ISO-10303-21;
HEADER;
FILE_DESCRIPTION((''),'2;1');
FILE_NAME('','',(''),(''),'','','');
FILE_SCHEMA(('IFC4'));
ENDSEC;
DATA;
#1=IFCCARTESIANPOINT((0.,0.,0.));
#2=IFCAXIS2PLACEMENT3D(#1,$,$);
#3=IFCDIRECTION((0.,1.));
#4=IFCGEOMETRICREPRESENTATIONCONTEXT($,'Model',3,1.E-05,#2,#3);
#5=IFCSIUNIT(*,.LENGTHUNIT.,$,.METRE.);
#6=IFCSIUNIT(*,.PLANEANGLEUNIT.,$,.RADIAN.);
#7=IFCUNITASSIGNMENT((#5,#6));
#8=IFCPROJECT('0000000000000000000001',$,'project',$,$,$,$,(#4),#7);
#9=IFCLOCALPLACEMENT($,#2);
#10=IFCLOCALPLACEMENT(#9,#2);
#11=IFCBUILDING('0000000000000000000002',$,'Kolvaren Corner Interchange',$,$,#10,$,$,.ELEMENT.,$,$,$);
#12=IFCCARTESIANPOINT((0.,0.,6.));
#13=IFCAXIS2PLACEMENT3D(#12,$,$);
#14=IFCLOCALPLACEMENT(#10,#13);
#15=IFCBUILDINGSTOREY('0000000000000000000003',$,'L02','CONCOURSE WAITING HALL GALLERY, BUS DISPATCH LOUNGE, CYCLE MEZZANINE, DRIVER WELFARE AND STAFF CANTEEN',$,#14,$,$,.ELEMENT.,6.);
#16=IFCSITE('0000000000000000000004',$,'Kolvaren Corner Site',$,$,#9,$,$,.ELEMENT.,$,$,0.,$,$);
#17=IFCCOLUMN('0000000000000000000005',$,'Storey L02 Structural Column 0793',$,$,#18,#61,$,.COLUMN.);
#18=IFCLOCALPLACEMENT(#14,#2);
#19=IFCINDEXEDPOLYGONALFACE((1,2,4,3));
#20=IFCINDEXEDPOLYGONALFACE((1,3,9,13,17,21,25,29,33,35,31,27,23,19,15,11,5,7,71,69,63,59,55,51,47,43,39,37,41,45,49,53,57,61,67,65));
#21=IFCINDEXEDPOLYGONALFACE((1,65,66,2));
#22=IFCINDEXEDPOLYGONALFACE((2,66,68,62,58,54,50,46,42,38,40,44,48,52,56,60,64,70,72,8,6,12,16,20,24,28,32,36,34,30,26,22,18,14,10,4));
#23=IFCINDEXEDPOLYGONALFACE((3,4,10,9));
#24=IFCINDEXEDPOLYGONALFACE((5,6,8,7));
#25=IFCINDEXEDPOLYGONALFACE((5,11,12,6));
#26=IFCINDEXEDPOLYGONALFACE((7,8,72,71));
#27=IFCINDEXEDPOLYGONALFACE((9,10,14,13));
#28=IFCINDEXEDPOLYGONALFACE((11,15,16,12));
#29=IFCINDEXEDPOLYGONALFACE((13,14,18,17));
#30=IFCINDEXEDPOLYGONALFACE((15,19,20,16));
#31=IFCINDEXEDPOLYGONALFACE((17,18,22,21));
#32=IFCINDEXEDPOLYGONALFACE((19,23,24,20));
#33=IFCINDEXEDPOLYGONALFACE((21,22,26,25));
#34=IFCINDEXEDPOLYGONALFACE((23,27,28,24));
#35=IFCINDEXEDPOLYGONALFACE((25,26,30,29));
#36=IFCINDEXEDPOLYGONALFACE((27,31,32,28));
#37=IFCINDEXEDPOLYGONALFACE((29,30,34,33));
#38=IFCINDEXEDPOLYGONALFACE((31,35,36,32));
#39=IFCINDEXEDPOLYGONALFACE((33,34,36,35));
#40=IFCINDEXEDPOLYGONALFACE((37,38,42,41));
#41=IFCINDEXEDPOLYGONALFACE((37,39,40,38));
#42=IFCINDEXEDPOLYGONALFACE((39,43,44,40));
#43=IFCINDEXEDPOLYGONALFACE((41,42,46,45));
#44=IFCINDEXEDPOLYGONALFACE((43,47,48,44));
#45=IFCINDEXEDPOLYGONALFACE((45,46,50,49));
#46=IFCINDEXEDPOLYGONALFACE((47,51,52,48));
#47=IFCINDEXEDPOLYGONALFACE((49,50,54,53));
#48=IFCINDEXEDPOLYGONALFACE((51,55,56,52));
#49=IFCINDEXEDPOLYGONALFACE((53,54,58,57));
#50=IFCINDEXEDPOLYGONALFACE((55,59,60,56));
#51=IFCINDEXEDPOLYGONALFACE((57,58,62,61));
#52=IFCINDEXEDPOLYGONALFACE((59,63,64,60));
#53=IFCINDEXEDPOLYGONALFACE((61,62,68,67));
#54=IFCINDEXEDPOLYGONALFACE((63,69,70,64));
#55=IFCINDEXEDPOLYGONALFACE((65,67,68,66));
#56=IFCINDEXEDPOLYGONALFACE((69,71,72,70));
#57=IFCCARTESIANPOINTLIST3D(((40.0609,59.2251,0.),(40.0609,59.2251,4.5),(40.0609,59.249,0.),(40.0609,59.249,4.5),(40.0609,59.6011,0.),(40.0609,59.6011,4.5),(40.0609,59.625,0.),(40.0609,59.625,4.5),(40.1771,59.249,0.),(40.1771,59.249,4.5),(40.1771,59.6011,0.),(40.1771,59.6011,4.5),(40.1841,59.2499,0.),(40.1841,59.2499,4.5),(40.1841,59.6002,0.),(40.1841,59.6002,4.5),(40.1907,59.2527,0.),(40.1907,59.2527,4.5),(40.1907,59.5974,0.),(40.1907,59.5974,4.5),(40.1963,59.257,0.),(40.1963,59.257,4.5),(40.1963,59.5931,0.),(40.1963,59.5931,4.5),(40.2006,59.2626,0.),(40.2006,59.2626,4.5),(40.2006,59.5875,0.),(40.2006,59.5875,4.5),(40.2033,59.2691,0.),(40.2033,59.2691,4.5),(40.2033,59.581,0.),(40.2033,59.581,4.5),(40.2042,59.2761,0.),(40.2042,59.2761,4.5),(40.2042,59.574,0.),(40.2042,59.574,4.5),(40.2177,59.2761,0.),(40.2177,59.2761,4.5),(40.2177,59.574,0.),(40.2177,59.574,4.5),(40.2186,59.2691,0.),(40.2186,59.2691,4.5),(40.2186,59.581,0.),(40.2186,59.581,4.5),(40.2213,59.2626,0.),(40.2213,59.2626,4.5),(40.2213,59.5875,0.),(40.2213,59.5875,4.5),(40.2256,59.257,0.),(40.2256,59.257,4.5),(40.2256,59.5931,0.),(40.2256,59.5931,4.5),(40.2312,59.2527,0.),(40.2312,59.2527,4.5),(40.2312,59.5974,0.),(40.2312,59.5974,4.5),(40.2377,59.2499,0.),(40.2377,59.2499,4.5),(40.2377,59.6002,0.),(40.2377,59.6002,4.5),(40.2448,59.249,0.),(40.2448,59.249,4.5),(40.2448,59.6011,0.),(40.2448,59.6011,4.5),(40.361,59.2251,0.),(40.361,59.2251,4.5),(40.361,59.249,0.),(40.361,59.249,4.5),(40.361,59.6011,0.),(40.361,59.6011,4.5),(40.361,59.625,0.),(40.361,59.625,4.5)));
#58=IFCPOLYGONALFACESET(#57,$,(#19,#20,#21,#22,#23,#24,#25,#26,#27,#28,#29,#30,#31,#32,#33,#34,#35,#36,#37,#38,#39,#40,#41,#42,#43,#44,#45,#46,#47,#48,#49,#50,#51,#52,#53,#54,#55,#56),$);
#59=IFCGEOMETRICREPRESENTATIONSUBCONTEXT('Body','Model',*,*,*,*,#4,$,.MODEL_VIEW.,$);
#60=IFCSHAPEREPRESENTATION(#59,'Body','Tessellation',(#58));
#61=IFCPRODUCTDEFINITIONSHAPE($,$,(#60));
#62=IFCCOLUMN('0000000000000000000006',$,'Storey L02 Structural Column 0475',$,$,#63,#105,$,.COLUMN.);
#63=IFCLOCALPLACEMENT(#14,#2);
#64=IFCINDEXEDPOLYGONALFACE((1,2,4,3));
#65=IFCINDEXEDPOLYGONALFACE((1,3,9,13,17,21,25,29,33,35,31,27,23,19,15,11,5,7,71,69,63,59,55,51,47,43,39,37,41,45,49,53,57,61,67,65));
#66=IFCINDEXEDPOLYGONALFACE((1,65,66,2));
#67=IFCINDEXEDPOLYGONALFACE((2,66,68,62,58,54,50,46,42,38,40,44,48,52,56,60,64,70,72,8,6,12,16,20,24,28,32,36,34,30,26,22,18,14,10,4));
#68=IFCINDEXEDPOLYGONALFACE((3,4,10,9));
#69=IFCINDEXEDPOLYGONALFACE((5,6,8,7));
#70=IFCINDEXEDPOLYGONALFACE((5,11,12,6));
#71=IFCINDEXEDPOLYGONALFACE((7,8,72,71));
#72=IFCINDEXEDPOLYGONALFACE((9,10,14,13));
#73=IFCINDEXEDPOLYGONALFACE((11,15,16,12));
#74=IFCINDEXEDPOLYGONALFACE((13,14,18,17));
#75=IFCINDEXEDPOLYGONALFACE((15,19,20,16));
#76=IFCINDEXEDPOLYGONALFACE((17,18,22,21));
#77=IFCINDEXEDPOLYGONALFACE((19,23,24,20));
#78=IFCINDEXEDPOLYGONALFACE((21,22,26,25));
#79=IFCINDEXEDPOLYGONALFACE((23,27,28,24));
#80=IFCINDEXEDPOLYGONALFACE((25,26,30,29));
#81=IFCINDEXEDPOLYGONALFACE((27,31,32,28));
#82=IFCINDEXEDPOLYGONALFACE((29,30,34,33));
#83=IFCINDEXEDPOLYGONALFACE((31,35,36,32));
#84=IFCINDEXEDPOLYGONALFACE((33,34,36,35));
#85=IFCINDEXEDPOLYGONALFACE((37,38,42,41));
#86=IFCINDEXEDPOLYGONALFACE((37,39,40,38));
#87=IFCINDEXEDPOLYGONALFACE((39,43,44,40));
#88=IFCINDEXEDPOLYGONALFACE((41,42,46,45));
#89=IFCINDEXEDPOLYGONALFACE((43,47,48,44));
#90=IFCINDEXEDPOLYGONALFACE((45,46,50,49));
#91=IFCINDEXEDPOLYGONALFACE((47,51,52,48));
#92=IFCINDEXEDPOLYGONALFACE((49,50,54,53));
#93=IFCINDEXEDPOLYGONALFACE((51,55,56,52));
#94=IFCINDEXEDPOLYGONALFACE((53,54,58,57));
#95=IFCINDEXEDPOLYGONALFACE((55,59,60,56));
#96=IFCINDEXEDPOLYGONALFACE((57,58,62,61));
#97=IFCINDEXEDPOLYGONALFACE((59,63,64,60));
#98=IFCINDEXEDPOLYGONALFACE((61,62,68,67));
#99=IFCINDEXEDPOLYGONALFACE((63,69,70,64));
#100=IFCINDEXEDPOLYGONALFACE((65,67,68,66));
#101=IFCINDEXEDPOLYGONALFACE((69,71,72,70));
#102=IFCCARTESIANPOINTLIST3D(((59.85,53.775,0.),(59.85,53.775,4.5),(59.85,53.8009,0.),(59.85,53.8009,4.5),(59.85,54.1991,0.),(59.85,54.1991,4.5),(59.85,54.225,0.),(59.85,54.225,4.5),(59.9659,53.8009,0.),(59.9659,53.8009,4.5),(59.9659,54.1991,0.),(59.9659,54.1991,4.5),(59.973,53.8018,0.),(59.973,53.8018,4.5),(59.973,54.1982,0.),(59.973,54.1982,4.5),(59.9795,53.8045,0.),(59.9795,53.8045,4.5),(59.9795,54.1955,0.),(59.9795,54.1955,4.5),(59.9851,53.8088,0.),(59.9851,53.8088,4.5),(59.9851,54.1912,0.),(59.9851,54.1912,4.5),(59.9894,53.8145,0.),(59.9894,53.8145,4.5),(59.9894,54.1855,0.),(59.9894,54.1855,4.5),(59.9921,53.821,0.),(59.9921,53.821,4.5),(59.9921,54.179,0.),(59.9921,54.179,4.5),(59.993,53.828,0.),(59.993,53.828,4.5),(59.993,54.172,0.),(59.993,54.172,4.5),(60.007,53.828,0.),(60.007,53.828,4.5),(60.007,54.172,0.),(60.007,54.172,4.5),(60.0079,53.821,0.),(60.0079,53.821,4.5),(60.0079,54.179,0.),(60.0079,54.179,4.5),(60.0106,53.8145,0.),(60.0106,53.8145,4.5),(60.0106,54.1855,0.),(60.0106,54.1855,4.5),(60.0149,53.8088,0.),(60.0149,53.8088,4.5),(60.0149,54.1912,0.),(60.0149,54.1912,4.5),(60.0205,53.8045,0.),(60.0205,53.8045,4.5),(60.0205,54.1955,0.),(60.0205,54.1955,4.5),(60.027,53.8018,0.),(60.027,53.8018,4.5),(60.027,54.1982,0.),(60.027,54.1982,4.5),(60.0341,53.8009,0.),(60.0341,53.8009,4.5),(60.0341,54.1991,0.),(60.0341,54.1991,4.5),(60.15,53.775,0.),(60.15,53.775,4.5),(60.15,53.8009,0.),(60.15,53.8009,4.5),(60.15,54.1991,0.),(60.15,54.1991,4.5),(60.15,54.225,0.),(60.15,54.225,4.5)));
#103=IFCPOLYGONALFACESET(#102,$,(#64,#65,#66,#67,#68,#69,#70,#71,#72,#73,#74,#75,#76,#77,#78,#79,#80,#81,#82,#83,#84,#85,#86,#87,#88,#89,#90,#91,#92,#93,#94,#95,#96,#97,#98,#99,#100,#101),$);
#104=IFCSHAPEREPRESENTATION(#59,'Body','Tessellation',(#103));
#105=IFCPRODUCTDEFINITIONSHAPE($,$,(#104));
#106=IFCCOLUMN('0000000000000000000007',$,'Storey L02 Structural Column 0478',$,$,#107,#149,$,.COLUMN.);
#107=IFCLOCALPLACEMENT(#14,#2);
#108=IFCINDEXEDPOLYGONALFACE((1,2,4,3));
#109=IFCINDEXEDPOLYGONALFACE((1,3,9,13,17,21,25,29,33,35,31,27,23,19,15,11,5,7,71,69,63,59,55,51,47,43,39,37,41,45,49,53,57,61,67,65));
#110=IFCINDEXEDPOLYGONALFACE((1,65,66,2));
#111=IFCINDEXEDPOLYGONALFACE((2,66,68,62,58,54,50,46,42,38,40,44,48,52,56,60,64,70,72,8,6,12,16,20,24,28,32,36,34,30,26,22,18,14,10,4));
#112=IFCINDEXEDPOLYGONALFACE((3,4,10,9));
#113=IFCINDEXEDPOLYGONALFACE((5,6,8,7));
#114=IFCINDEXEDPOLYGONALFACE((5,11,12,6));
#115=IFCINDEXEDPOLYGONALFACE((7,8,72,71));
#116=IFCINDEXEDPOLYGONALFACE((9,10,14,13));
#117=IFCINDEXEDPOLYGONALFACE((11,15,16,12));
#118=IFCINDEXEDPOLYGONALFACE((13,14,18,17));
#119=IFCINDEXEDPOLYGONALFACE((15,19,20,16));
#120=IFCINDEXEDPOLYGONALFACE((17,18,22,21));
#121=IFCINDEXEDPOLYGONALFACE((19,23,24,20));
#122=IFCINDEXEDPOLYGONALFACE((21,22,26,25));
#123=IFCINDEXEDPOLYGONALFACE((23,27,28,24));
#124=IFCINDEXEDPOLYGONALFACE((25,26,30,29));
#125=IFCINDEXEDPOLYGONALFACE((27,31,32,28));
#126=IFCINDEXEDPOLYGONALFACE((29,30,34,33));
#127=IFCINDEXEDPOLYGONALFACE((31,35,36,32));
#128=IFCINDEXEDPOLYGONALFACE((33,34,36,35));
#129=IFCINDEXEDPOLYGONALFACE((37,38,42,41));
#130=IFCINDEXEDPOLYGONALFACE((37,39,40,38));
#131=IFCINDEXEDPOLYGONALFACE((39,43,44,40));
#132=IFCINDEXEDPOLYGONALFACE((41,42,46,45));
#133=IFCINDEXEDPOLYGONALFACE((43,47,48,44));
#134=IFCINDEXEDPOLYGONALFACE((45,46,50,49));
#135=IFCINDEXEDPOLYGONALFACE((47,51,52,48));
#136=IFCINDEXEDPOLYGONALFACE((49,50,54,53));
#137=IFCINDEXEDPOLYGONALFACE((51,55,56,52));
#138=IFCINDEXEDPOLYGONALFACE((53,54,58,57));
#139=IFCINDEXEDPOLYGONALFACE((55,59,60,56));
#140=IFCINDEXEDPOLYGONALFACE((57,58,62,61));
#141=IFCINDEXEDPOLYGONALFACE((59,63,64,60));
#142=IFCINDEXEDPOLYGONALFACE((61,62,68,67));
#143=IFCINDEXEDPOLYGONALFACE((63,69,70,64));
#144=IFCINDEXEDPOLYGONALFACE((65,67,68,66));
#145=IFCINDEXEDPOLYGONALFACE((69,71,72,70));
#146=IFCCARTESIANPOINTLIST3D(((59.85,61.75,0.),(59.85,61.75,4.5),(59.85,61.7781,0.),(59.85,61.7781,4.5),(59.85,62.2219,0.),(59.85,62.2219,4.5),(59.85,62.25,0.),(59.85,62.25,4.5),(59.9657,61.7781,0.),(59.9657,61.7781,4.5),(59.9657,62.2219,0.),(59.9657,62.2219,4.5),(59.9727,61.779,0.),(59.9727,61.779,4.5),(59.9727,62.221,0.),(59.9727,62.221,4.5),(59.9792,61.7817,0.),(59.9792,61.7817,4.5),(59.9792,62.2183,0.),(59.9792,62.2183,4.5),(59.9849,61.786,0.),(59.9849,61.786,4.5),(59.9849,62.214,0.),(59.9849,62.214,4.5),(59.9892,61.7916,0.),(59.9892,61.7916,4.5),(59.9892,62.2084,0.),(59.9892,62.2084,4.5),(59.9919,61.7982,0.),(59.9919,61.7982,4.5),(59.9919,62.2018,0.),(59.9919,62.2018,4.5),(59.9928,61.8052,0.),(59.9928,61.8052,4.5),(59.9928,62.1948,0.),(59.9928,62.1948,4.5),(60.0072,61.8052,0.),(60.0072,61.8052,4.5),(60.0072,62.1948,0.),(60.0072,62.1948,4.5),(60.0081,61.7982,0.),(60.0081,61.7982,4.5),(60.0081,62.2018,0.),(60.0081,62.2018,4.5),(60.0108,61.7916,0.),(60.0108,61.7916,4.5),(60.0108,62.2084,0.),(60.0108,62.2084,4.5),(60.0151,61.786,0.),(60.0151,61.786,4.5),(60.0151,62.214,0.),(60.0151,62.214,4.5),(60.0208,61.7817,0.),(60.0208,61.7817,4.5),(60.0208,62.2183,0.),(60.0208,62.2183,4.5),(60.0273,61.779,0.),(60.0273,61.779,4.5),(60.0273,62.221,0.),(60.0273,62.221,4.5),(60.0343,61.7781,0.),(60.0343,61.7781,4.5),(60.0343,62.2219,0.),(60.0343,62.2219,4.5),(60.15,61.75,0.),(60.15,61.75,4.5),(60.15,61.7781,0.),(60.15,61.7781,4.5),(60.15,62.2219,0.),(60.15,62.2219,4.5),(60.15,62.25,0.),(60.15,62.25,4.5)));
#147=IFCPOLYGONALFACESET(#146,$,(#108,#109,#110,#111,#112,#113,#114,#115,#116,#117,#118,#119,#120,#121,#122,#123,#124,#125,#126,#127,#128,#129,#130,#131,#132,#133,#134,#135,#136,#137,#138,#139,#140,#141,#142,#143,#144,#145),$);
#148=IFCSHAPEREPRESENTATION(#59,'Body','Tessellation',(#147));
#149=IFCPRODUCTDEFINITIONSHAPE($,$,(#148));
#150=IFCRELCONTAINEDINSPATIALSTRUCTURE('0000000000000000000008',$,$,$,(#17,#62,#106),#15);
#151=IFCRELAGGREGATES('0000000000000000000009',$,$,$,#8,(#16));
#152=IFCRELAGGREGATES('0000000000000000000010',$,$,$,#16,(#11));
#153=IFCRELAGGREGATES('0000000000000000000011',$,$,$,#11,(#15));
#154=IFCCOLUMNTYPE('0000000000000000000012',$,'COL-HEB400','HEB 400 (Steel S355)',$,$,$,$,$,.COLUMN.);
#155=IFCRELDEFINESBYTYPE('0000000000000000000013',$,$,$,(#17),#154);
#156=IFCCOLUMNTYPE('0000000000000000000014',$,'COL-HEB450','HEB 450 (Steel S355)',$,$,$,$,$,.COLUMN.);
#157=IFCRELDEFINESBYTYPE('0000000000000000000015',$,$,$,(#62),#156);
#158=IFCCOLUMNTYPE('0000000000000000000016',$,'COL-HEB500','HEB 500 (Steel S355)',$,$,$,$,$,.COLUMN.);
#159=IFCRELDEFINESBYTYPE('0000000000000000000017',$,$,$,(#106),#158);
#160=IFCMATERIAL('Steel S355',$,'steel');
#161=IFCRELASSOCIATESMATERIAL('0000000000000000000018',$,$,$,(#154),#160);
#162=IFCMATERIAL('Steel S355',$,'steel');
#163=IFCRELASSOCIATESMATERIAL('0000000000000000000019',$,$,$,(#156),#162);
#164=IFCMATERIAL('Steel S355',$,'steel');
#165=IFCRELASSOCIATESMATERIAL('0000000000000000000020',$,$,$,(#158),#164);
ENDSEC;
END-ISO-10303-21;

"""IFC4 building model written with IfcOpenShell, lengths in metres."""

from ifc_helpers import new_model, si_unit, direction, frame, origin, origin_2d, place, context, subcontext, project, spatial, i_section, extrude, material, material_profile, profile_set, type_object, element, save


model = new_model("IFC4")

# Units and contexts
model_context = context("Model", 3, precision=1e-05, world=origin(), true_north=direction((0.0, 1.0)))
body_context = subcontext(model_context, "Body", "Model", "MODEL_VIEW")
ifc_project = project(units=[si_unit("LENGTHUNIT", "METRE"), si_unit("PLANEANGLEUNIT", "RADIAN")], contexts=[model_context])

# Site, building, storey
site_placement = place(None, origin())
site = spatial("IfcSite", under=ifc_project, at=site_placement, Name="Kolvaren Corner Site", CompositionType="ELEMENT", RefElevation=0.0)
building_placement = place(site_placement, origin())
building = spatial("IfcBuilding", under=site, at=building_placement, Name="Kolvaren Corner Interchange", CompositionType="ELEMENT")
storey_placement = place(building_placement, frame((0.0, 0.0, 6.0)))
storey = spatial("IfcBuildingStorey", under=building, at=storey_placement, Name="L02", Description="CONCOURSE WAITING HALL GALLERY, BUS DISPATCH LOUNGE, CYCLE MEZZANINE, DRIVER WELFARE AND STAFF CANTEEN", CompositionType="ELEMENT", Elevation=6.0)

# Columns
ifc_material_1 = material(Name="Steel S355", Category="steel")
ifc_material_profile_1 = material_profile(ifc_material_1, i_section(OverallWidth=0.3, OverallDepth=0.3999, WebThickness=0.0134, FlangeThickness=0.0239, FilletRadius=0.0271, at=origin_2d()), Name="HEB 400")
ifc_profile_set_1 = profile_set([ifc_material_profile_1], Name="Steel S355")
column_type_1 = type_object("IfcColumnType", Name="COL-HEB400", Description="HEB 400 (Steel S355)", PredefinedType="COLUMN", material=ifc_profile_set_1)
for number, where, z_axis, x_axis, name in (
    (1, (40.2109, 59.425, 0.0), (0.0, 0.0, 1.0), (1.0, 0.0, 0.0), "Storey L02 Structural Column 0793"),
):
    element("IfcColumn", number, at=place(storey_placement, frame(where, z_axis=z_axis, x_axis=x_axis)), inside=storey, type_object=column_type_1, Name=name, PredefinedType="COLUMN", context=body_context, shape_type="SweptSolid", body=[
        extrude(i_section(OverallWidth=0.3, OverallDepth=0.3999, WebThickness=0.0134, FlangeThickness=0.0239, FilletRadius=0.0271, at=origin_2d()), origin(), (0.0, 0.0, 1.0), 4.5),
    ])
ifc_material_2 = material(Name="Steel S355", Category="steel")
ifc_material_profile_2 = material_profile(ifc_material_2, i_section(OverallWidth=0.3, OverallDepth=0.45, WebThickness=0.0139, FlangeThickness=0.0259, FilletRadius=0.0271, at=origin_2d()), Name="HEB 450")
ifc_profile_set_2 = profile_set([ifc_material_profile_2], Name="Steel S355")
column_type_2 = type_object("IfcColumnType", Name="COL-HEB450", Description="HEB 450 (Steel S355)", PredefinedType="COLUMN", material=ifc_profile_set_2)
column_1_placement = place(storey_placement, frame((60.0, 54.0, 0.0), z_axis=(0.0, 0.0, 1.0), x_axis=(1.0, 0.0, 0.0)))
element("IfcColumn", 2, at=column_1_placement, inside=storey, type_object=column_type_2, Name="Storey L02 Structural Column 0475", PredefinedType="COLUMN", context=body_context, shape_type="SweptSolid", body=[
    extrude(i_section(OverallWidth=0.3, OverallDepth=0.45, WebThickness=0.0139, FlangeThickness=0.0259, FilletRadius=0.0271, at=origin_2d()), origin(), (0.0, 0.0, 1.0), 4.5),
])
ifc_material_3 = material(Name="Steel S355", Category="steel")
ifc_material_profile_3 = material_profile(ifc_material_3, i_section(OverallWidth=0.3, OverallDepth=0.5, WebThickness=0.0144, FlangeThickness=0.0281, FilletRadius=0.0271, at=origin_2d()), Name="HEB 500")
ifc_profile_set_3 = profile_set([ifc_material_profile_3], Name="Steel S355")
column_type_3 = type_object("IfcColumnType", Name="COL-HEB500", Description="HEB 500 (Steel S355)", PredefinedType="COLUMN", material=ifc_profile_set_3)
column_2_placement = place(storey_placement, frame((60.0, 62.0, 0.0), z_axis=(0.0, 0.0, 1.0), x_axis=(1.0, 0.0, 0.0)))
element("IfcColumn", 3, at=column_2_placement, inside=storey, type_object=column_type_3, Name="Storey L02 Structural Column 0478", PredefinedType="COLUMN", context=body_context, shape_type="SweptSolid", body=[
    extrude(i_section(OverallWidth=0.3, OverallDepth=0.5, WebThickness=0.0144, FlangeThickness=0.0281, FilletRadius=0.0271, at=origin_2d()), origin(), (0.0, 0.0, 1.0), 4.5),
])

save(model, "model.ifc")
